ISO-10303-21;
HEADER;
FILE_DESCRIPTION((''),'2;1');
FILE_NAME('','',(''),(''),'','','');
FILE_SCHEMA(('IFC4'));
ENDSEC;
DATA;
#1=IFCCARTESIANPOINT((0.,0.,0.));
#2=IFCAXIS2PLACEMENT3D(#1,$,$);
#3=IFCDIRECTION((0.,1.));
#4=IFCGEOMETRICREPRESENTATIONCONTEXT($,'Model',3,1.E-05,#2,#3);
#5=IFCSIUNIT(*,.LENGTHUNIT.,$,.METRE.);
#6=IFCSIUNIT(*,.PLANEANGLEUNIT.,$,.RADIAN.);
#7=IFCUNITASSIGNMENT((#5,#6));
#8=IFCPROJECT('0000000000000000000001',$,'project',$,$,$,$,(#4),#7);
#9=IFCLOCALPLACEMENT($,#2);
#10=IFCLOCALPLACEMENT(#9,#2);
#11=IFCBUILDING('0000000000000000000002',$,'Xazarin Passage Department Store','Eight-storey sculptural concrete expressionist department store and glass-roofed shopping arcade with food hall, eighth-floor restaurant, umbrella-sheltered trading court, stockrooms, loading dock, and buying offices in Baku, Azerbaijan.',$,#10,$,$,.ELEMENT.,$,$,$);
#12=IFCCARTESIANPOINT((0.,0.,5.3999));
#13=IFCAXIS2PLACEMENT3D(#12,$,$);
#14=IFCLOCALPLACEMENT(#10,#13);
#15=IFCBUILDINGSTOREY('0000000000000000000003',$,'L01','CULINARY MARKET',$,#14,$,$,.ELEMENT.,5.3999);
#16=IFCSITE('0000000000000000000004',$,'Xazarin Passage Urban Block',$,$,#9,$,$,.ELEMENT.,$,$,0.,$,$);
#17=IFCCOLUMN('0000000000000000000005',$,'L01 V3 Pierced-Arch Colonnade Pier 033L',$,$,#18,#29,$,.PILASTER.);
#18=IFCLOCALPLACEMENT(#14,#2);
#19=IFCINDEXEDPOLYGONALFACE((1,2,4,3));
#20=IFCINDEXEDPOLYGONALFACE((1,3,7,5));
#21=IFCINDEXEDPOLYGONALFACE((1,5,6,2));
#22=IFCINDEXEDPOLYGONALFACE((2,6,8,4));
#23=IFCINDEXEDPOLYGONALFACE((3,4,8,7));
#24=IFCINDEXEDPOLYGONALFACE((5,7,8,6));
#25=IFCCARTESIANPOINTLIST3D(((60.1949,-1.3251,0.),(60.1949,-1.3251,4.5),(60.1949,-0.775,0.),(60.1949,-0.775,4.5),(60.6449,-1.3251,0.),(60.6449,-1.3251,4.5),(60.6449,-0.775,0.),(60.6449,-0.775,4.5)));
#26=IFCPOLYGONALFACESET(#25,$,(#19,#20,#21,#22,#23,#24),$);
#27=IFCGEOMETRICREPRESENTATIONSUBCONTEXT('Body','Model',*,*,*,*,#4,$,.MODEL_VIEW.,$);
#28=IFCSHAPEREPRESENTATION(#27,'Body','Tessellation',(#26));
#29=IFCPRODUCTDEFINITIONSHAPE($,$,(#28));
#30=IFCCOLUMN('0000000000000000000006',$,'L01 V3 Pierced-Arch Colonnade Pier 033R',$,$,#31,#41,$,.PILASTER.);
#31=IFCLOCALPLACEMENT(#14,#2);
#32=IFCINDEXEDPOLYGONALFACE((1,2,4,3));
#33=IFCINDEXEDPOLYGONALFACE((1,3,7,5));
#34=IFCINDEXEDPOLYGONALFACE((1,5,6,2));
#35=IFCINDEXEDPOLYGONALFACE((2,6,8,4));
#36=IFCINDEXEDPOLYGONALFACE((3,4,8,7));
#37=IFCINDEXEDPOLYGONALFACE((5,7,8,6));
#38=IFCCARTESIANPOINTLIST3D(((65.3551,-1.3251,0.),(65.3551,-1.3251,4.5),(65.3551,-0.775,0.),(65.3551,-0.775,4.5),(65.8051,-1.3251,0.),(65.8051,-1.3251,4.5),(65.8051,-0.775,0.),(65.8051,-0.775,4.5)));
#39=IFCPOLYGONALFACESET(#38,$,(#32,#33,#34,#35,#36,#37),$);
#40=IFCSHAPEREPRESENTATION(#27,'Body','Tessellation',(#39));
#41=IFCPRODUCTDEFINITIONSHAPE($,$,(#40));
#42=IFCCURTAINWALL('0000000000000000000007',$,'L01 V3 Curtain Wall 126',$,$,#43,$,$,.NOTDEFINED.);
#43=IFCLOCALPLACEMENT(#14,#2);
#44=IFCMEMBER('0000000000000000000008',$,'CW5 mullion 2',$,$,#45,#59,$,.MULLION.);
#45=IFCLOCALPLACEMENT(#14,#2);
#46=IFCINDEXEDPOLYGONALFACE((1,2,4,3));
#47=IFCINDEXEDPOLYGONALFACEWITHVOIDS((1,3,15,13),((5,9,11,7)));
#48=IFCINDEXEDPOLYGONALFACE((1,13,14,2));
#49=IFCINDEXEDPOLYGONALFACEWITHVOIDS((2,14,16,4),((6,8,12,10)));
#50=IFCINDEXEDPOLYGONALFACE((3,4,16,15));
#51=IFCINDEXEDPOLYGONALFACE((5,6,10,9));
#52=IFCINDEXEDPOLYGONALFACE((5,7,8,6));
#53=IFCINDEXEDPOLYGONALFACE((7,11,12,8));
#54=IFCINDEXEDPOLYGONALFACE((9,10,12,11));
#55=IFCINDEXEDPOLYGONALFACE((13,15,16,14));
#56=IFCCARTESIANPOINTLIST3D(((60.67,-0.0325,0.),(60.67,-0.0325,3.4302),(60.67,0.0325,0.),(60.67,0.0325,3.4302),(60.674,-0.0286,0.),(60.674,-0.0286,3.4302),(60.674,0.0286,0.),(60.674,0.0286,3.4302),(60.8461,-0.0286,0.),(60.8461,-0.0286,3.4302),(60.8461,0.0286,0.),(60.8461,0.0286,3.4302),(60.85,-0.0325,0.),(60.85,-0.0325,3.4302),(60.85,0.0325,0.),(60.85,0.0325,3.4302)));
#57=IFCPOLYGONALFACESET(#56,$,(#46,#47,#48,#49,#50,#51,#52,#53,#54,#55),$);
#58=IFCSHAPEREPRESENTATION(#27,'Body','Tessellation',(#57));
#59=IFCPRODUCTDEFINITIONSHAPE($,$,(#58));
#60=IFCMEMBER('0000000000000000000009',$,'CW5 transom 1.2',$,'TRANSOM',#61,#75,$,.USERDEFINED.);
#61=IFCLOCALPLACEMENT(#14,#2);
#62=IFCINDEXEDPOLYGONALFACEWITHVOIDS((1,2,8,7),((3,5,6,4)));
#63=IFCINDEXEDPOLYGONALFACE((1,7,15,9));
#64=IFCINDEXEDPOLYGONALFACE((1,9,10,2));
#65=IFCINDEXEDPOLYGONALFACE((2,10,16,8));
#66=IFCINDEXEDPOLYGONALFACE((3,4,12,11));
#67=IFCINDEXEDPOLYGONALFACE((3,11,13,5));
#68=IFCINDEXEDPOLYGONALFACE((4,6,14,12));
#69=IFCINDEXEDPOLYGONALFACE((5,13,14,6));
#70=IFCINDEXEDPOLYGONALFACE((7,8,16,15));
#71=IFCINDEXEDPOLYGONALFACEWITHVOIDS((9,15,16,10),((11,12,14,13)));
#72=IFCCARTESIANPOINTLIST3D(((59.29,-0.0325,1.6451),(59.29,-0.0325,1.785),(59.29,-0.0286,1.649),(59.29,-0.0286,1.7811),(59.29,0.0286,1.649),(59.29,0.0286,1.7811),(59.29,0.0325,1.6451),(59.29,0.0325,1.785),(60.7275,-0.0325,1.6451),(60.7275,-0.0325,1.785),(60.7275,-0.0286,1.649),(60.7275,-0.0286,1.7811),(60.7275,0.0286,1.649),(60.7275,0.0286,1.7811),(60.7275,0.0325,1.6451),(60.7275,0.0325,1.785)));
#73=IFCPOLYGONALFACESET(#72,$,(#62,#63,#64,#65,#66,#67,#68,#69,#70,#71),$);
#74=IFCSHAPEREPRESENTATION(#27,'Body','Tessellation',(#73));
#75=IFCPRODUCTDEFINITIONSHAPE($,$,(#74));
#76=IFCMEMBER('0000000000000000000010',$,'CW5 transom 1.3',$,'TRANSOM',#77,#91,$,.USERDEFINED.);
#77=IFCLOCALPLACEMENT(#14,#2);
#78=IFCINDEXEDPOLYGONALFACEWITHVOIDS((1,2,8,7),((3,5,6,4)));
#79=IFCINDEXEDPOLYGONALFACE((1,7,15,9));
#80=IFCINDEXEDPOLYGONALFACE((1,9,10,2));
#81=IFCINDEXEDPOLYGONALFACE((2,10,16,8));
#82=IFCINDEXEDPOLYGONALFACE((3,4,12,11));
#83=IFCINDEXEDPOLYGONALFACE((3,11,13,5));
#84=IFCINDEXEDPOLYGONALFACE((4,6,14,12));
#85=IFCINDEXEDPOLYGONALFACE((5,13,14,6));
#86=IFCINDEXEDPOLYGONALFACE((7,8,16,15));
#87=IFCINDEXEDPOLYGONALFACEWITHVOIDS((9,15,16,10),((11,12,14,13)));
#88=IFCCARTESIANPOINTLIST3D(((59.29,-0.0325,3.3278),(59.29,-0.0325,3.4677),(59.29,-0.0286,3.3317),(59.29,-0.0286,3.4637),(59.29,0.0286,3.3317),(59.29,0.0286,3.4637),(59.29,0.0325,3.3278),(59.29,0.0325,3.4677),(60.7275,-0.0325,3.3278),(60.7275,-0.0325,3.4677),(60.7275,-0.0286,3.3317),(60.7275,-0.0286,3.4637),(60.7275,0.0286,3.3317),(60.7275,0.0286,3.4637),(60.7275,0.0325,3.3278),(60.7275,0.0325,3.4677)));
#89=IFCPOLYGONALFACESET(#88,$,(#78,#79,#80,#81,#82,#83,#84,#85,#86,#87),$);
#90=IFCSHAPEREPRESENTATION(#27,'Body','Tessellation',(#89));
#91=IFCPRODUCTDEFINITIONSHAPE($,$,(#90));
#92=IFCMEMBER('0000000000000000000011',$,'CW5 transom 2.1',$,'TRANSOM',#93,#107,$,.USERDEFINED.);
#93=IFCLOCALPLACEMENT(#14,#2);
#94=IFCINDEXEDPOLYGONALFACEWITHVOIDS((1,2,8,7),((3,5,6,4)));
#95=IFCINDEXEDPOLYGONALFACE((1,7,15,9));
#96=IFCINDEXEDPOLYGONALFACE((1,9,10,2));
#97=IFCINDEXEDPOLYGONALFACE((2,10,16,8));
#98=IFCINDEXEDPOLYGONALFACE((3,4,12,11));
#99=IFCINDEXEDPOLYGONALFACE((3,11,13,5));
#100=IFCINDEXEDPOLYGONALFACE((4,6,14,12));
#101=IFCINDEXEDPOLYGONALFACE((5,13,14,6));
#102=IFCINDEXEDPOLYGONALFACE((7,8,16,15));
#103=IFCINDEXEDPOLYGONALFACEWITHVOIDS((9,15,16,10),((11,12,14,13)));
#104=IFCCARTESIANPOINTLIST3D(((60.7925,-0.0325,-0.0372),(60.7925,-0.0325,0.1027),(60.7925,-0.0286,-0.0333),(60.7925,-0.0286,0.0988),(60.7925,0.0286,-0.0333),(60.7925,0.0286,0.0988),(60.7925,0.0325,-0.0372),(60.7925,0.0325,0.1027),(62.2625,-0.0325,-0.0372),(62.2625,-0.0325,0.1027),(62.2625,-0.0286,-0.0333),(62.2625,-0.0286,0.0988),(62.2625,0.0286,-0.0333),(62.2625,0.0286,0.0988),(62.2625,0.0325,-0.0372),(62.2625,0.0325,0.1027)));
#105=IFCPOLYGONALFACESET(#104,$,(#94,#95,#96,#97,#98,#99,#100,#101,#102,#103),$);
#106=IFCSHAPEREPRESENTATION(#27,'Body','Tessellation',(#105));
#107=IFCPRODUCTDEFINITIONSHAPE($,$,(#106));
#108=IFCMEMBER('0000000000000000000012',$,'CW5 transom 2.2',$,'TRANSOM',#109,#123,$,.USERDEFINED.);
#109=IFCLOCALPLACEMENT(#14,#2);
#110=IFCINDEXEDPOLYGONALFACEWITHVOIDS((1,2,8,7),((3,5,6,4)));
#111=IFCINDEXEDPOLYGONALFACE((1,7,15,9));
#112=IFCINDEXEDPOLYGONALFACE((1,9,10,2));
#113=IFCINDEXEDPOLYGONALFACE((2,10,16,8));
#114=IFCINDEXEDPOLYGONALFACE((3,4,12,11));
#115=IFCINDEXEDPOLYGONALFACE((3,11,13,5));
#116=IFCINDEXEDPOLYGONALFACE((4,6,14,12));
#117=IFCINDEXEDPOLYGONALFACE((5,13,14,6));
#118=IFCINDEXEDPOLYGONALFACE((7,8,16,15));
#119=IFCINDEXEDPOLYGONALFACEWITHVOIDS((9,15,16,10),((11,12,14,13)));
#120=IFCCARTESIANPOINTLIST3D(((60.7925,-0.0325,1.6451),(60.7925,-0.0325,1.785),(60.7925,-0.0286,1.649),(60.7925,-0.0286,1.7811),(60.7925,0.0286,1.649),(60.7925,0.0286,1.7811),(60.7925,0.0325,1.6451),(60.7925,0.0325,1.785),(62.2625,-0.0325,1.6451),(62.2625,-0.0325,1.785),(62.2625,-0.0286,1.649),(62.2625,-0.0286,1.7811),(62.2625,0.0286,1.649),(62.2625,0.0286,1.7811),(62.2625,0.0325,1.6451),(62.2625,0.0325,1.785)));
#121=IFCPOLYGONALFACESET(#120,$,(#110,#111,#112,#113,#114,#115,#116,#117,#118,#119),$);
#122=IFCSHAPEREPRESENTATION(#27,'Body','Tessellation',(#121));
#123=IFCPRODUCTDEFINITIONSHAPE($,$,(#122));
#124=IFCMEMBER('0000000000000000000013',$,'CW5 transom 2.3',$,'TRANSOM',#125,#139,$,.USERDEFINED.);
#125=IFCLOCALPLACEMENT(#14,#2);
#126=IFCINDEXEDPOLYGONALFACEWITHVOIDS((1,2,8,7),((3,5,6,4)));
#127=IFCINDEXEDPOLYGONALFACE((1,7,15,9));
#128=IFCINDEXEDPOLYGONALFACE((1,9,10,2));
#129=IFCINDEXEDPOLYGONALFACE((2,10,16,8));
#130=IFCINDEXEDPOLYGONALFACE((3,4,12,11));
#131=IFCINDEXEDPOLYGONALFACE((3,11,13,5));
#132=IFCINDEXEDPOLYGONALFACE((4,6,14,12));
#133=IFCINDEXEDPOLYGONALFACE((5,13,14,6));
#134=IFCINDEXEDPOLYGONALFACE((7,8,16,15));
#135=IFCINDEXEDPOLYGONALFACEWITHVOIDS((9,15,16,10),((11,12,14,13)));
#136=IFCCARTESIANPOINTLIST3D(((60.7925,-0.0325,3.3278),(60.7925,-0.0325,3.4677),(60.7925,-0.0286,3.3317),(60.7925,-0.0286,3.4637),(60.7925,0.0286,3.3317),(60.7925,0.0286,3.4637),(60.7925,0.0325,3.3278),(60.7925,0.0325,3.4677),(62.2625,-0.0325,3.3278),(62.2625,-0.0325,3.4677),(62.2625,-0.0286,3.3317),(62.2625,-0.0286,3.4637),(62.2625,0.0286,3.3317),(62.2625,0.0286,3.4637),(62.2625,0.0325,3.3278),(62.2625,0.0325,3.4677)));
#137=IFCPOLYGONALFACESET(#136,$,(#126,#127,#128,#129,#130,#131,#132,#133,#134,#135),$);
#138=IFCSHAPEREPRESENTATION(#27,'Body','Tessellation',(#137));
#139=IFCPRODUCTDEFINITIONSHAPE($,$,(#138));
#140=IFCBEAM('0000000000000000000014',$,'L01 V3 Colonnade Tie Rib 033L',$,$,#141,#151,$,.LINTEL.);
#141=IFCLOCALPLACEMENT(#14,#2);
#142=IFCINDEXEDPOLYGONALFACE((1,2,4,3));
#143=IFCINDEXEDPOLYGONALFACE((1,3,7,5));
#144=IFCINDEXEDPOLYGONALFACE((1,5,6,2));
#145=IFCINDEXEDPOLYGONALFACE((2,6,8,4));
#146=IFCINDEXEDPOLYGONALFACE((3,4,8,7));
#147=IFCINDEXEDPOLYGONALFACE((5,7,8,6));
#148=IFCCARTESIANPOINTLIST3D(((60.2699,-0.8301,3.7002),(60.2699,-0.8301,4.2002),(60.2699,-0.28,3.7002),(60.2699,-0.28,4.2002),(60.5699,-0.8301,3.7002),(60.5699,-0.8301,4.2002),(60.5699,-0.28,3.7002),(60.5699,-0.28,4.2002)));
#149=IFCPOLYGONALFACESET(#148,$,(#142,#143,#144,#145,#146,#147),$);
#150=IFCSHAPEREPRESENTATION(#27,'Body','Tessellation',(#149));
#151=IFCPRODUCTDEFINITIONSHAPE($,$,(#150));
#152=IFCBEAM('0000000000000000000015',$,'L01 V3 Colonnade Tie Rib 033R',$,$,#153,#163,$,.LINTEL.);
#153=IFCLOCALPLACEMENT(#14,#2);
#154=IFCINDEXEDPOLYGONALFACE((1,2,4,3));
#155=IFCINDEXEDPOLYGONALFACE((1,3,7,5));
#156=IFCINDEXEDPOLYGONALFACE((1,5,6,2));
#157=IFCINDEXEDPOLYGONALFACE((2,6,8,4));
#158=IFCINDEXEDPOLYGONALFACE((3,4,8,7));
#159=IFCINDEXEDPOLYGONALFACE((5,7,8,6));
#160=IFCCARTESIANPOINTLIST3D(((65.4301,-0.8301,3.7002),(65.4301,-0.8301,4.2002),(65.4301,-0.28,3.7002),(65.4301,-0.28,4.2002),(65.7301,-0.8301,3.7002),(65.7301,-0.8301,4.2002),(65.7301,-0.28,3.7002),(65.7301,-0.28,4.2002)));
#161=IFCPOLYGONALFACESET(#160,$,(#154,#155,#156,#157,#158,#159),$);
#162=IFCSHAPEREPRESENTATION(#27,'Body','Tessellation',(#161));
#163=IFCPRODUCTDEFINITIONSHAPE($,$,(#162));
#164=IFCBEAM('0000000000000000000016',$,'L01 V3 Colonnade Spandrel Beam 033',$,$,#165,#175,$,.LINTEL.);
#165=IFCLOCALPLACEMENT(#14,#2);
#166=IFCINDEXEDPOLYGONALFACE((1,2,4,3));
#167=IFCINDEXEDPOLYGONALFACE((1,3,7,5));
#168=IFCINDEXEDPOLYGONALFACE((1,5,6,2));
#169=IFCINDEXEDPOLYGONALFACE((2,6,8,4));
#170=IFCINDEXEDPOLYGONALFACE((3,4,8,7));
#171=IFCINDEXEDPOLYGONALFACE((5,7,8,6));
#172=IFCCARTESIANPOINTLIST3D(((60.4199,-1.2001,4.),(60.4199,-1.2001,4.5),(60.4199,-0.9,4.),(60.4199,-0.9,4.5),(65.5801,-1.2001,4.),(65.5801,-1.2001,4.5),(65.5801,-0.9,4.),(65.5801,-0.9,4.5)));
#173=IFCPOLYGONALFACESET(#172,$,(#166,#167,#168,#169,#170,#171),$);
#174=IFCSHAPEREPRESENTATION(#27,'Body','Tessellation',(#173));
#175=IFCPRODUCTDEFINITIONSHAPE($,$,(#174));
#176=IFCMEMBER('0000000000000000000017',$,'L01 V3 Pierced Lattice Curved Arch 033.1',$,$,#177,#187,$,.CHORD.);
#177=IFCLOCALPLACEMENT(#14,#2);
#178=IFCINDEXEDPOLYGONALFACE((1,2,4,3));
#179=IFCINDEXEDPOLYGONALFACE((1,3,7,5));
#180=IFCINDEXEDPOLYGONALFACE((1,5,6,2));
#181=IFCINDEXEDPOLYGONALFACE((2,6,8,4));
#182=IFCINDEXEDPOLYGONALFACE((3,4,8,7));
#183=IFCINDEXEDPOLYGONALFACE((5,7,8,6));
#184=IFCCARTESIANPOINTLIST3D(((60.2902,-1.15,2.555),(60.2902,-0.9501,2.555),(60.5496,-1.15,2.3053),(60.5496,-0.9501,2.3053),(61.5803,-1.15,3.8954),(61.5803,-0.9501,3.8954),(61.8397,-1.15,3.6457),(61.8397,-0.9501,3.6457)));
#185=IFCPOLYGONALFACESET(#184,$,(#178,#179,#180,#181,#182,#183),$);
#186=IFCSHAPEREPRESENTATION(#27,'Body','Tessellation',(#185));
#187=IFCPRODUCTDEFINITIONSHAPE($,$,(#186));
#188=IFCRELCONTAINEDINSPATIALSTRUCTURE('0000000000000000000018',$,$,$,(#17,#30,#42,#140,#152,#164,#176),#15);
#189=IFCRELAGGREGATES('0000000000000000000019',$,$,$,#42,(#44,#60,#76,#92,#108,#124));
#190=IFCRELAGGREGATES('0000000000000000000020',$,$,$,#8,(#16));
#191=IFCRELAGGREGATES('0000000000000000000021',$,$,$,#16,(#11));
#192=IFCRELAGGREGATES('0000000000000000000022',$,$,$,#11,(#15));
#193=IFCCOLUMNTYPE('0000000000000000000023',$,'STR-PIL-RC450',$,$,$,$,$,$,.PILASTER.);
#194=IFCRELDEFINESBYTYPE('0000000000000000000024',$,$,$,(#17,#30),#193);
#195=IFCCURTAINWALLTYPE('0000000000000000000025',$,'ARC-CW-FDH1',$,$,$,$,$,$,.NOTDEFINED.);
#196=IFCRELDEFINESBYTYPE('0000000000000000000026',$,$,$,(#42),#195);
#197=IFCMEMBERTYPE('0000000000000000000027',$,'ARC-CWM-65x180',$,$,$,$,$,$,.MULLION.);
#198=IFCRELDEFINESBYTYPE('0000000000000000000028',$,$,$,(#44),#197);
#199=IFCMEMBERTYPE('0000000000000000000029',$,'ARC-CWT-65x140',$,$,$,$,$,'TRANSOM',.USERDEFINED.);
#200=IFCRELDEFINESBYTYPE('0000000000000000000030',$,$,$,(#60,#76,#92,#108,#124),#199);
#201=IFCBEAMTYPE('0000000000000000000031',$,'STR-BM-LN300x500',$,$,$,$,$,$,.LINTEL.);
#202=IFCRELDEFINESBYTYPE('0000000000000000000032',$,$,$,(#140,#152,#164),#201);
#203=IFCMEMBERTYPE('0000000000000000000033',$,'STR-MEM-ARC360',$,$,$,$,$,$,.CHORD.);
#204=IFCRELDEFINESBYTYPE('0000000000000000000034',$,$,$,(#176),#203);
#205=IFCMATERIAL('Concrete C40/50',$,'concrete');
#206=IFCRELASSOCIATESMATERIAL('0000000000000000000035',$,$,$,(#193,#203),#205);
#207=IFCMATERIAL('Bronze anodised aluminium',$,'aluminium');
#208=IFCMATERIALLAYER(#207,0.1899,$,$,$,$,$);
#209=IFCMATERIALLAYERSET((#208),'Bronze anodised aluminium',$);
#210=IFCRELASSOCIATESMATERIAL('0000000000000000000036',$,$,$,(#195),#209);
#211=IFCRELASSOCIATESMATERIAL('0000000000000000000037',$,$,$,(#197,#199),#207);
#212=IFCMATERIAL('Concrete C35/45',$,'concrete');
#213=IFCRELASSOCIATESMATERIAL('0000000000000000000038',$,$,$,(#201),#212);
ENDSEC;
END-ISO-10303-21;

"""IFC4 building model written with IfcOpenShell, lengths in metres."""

from ifc_helpers import new_model, si_unit, direction, frame, origin, origin_2d, place, context, subcontext, project, spatial, rectangle, hollow_rectangle, extrude, material, layer, layer_set, material_profile, profile_set, type_object, element, aggregate, save


model = new_model("IFC4")

# Units and contexts
model_context = context("Model", 3, precision=1e-05, world=origin(), true_north=direction((0.0, 1.0)))
body_context = subcontext(model_context, "Body", "Model", "MODEL_VIEW")
ifc_project = project(units=[si_unit("LENGTHUNIT", "METRE"), si_unit("PLANEANGLEUNIT", "RADIAN")], contexts=[model_context])

# Site, building, storey
site_placement = place(None, origin())
site = spatial("IfcSite", under=ifc_project, at=site_placement, Name="Xazarin Passage Urban Block", CompositionType="ELEMENT", RefElevation=0.0)
building_placement = place(site_placement, origin())
building = spatial("IfcBuilding", under=site, at=building_placement, Name="Xazarin Passage Department Store", Description="Eight-storey sculptural concrete expressionist department store and glass-roofed shopping arcade with food hall, eighth-floor restaurant, umbrella-sheltered trading court, stockrooms, loading dock, and buying offices in Baku, Azerbaijan.", CompositionType="ELEMENT")
storey_placement = place(building_placement, frame((0.0, 0.0, 5.3999)))
storey = spatial("IfcBuildingStorey", under=building, at=storey_placement, Name="L01", Description="CULINARY MARKET", CompositionType="ELEMENT", Elevation=5.3999)

# Columns
ifc_material_1 = material(Name="Concrete C40/50", Category="concrete")
ifc_material_profile_1 = material_profile(ifc_material_1, rectangle(XDim=0.45, YDim=0.55, at=origin_2d()), Name="RC 450x550")
ifc_profile_set_1 = profile_set([ifc_material_profile_1], Name="Concrete C40/50")
column_type = type_object("IfcColumnType", Name="STR-PIL-RC450", PredefinedType="PILASTER", material=ifc_profile_set_1)
for number, where, z_axis, x_axis, name in (
    (1, (60.4199, -1.05, 0.0), (0.0, 0.0, 1.0), (1.0, 0.0, 0.0), "L01 V3 Pierced-Arch Colonnade Pier 033L"),
    (2, (65.5801, -1.05, 0.0), (0.0, 0.0, 1.0), (1.0, 0.0, 0.0), "L01 V3 Pierced-Arch Colonnade Pier 033R"),
):
    element("IfcColumn", number, at=place(storey_placement, frame(where, z_axis=z_axis, x_axis=x_axis)), inside=storey, type_object=column_type, Name=name, PredefinedType="PILASTER", context=body_context, shape_type="SweptSolid", body=[
        extrude(rectangle(XDim=0.45, YDim=0.55, at=origin_2d()), origin(), (0.0, 0.0, 1.0), 4.5),
    ])

# Curtain wall, members
ifc_material_2 = material(Name="Bronze anodised aluminium", Category="aluminium")
ifc_layer_1 = layer(ifc_material_2, 0.1899)
ifc_layer_set_1 = layer_set([ifc_layer_1], Name="Bronze anodised aluminium")
curtain_wall_type = type_object("IfcCurtainWallType", Name="ARC-CW-FDH1", PredefinedType="NOTDEFINED", material=ifc_layer_set_1)
curtain_wall_placement = place(storey_placement, origin())
curtain_wall = element("IfcCurtainWall", 3, at=curtain_wall_placement, inside=storey, type_object=curtain_wall_type, Name="L01 V3 Curtain Wall 126", PredefinedType="NOTDEFINED")
ifc_material_profile_2 = material_profile(ifc_material_2, hollow_rectangle(XDim=0.0649, YDim=0.1799, WallThickness=0.0039, at=origin_2d()), Name="ALU 65x180")
ifc_profile_set_2 = profile_set([ifc_material_profile_2], Name="Bronze anodised aluminium")
member_type_1 = type_object("IfcMemberType", Name="ARC-CWM-65x180", PredefinedType="MULLION", material=ifc_profile_set_2)
member_1_placement = place(storey_placement, frame((60.76, 0.0, 0.0), z_axis=(0.0, 0.0, 1.0), x_axis=(0.0, 1.0, 0.0)))
member_1 = element("IfcMember", 4, at=member_1_placement, type_object=member_type_1, Name="CW5 mullion 2", PredefinedType="MULLION", context=body_context, shape_type="SweptSolid", body=[
    extrude(hollow_rectangle(XDim=0.0649, YDim=0.1799, WallThickness=0.0039, at=origin_2d()), origin(), (0.0, 0.0, 1.0), 3.4302),
])
ifc_material_profile_3 = material_profile(ifc_material_2, hollow_rectangle(XDim=0.0649, YDim=0.1399, WallThickness=0.0039, at=origin_2d()), Name="ALU 65x140")
ifc_profile_set_3 = profile_set([ifc_material_profile_3], Name="Bronze anodised aluminium")
member_type_2 = type_object("IfcMemberType", Name="ARC-CWT-65x140", ElementType="TRANSOM", PredefinedType="USERDEFINED", material=ifc_profile_set_3)
member_2_placement = place(storey_placement, frame((59.29, 0.0, 1.7151), z_axis=(1.0, 0.0, 0.0), x_axis=(0.0, 1.0, 0.0)))
member_2 = element("IfcMember", 5, at=member_2_placement, type_object=member_type_2, Name="CW5 transom 1.2", ObjectType="TRANSOM", PredefinedType="USERDEFINED", context=body_context, shape_type="SweptSolid", body=[
    extrude(hollow_rectangle(XDim=0.0649, YDim=0.1399, WallThickness=0.0039, at=origin_2d()), origin(), (0.0, 0.0, 1.0), 1.4375),
])
member_3_placement = place(storey_placement, frame((59.29, 0.0, 3.3977), z_axis=(1.0, 0.0, 0.0), x_axis=(0.0, 1.0, 0.0)))
member_3 = element("IfcMember", 6, at=member_3_placement, type_object=member_type_2, Name="CW5 transom 1.3", ObjectType="TRANSOM", PredefinedType="USERDEFINED", context=body_context, shape_type="SweptSolid", body=[
    extrude(hollow_rectangle(XDim=0.0649, YDim=0.1399, WallThickness=0.0039, at=origin_2d()), origin(), (0.0, 0.0, 1.0), 1.4375),
])
member_4_placement = place(storey_placement, frame((60.7925, 0.0, 0.0327), z_axis=(1.0, 0.0, 0.0), x_axis=(0.0, 1.0, 0.0)))
member_4 = element("IfcMember", 7, at=member_4_placement, type_object=member_type_2, Name="CW5 transom 2.1", ObjectType="TRANSOM", PredefinedType="USERDEFINED", context=body_context, shape_type="SweptSolid", body=[
    extrude(hollow_rectangle(XDim=0.0649, YDim=0.1399, WallThickness=0.0039, at=origin_2d()), origin(), (0.0, 0.0, 1.0), 1.47),
])
member_5_placement = place(storey_placement, frame((60.7925, 0.0, 1.7151), z_axis=(1.0, 0.0, 0.0), x_axis=(0.0, 1.0, 0.0)))
member_5 = element("IfcMember", 8, at=member_5_placement, type_object=member_type_2, Name="CW5 transom 2.2", ObjectType="TRANSOM", PredefinedType="USERDEFINED", context=body_context, shape_type="SweptSolid", body=[
    extrude(hollow_rectangle(XDim=0.0649, YDim=0.1399, WallThickness=0.0039, at=origin_2d()), origin(), (0.0, 0.0, 1.0), 1.47),
])
member_6_placement = place(storey_placement, frame((60.7925, 0.0, 3.3977), z_axis=(1.0, 0.0, 0.0), x_axis=(0.0, 1.0, 0.0)))
member_6 = element("IfcMember", 9, at=member_6_placement, type_object=member_type_2, Name="CW5 transom 2.3", ObjectType="TRANSOM", PredefinedType="USERDEFINED", context=body_context, shape_type="SweptSolid", body=[
    extrude(hollow_rectangle(XDim=0.0649, YDim=0.1399, WallThickness=0.0039, at=origin_2d()), origin(), (0.0, 0.0, 1.0), 1.47),
])

# Beams
ifc_material_3 = material(Name="Concrete C35/45", Category="concrete")
ifc_material_profile_4 = material_profile(ifc_material_3, rectangle(XDim=0.3, YDim=0.5, at=origin_2d()), Name="RC 300x500")
ifc_profile_set_4 = profile_set([ifc_material_profile_4], Name="Concrete C35/45")
beam_type = type_object("IfcBeamType", Name="STR-BM-LN300x500", PredefinedType="LINTEL", material=ifc_profile_set_4)
for number, where, z_axis, x_axis, name in (
    (10, (60.4199, -0.28, 3.9502), (0.0, -1.0, 0.0), (1.0, 0.0, 0.0), "L01 V3 Colonnade Tie Rib 033L"),
    (11, (65.5801, -0.28, 3.9502), (0.0, -1.0, 0.0), (1.0, 0.0, 0.0), "L01 V3 Colonnade Tie Rib 033R"),
):
    element("IfcBeam", number, at=place(storey_placement, frame(where, z_axis=z_axis, x_axis=x_axis)), inside=storey, type_object=beam_type, Name=name, PredefinedType="LINTEL", context=body_context, shape_type="SweptSolid", body=[
        extrude(rectangle(XDim=0.3, YDim=0.5, at=origin_2d()), origin(), (0.0, 0.0, 1.0), 0.55),
    ])
beam_placement = place(storey_placement, frame((60.4199, -1.05, 4.25), z_axis=(1.0, 0.0, 0.0), x_axis=(0.0, 1.0, 0.0)))
element("IfcBeam", 12, at=beam_placement, inside=storey, type_object=beam_type, Name="L01 V3 Colonnade Spandrel Beam 033", PredefinedType="LINTEL", context=body_context, shape_type="SweptSolid", body=[
    extrude(rectangle(XDim=0.3, YDim=0.5, at=origin_2d()), origin(), (0.0, 0.0, 1.0), 5.1602),
])

# Member
ifc_material_profile_5 = material_profile(ifc_material_1, rectangle(XDim=0.2, YDim=0.3601, at=origin_2d()), Name="RC 200x360")
ifc_profile_set_5 = profile_set([ifc_material_profile_5], Name="Concrete C40/50")
member_type_3 = type_object("IfcMemberType", Name="STR-MEM-ARC360", PredefinedType="CHORD", material=ifc_profile_set_5)
member_7_placement = place(storey_placement, frame((60.4199, -1.05, 2.4302), z_axis=(0.69346, 0.0, 0.720495), x_axis=(0.0, 1.0, 0.0)))
element("IfcMember", 13, at=member_7_placement, inside=storey, type_object=member_type_3, Name="L01 V3 Pierced Lattice Curved Arch 033.1", PredefinedType="CHORD", context=body_context, shape_type="SweptSolid", body=[
    extrude(rectangle(XDim=0.2, YDim=0.3601, at=origin_2d()), origin(), (0.0, 0.0, 1.0), 1.8604),
])

aggregate(curtain_wall, [member_1, member_2, member_3, member_4, member_5, member_6])

save(model, "model.ifc")
